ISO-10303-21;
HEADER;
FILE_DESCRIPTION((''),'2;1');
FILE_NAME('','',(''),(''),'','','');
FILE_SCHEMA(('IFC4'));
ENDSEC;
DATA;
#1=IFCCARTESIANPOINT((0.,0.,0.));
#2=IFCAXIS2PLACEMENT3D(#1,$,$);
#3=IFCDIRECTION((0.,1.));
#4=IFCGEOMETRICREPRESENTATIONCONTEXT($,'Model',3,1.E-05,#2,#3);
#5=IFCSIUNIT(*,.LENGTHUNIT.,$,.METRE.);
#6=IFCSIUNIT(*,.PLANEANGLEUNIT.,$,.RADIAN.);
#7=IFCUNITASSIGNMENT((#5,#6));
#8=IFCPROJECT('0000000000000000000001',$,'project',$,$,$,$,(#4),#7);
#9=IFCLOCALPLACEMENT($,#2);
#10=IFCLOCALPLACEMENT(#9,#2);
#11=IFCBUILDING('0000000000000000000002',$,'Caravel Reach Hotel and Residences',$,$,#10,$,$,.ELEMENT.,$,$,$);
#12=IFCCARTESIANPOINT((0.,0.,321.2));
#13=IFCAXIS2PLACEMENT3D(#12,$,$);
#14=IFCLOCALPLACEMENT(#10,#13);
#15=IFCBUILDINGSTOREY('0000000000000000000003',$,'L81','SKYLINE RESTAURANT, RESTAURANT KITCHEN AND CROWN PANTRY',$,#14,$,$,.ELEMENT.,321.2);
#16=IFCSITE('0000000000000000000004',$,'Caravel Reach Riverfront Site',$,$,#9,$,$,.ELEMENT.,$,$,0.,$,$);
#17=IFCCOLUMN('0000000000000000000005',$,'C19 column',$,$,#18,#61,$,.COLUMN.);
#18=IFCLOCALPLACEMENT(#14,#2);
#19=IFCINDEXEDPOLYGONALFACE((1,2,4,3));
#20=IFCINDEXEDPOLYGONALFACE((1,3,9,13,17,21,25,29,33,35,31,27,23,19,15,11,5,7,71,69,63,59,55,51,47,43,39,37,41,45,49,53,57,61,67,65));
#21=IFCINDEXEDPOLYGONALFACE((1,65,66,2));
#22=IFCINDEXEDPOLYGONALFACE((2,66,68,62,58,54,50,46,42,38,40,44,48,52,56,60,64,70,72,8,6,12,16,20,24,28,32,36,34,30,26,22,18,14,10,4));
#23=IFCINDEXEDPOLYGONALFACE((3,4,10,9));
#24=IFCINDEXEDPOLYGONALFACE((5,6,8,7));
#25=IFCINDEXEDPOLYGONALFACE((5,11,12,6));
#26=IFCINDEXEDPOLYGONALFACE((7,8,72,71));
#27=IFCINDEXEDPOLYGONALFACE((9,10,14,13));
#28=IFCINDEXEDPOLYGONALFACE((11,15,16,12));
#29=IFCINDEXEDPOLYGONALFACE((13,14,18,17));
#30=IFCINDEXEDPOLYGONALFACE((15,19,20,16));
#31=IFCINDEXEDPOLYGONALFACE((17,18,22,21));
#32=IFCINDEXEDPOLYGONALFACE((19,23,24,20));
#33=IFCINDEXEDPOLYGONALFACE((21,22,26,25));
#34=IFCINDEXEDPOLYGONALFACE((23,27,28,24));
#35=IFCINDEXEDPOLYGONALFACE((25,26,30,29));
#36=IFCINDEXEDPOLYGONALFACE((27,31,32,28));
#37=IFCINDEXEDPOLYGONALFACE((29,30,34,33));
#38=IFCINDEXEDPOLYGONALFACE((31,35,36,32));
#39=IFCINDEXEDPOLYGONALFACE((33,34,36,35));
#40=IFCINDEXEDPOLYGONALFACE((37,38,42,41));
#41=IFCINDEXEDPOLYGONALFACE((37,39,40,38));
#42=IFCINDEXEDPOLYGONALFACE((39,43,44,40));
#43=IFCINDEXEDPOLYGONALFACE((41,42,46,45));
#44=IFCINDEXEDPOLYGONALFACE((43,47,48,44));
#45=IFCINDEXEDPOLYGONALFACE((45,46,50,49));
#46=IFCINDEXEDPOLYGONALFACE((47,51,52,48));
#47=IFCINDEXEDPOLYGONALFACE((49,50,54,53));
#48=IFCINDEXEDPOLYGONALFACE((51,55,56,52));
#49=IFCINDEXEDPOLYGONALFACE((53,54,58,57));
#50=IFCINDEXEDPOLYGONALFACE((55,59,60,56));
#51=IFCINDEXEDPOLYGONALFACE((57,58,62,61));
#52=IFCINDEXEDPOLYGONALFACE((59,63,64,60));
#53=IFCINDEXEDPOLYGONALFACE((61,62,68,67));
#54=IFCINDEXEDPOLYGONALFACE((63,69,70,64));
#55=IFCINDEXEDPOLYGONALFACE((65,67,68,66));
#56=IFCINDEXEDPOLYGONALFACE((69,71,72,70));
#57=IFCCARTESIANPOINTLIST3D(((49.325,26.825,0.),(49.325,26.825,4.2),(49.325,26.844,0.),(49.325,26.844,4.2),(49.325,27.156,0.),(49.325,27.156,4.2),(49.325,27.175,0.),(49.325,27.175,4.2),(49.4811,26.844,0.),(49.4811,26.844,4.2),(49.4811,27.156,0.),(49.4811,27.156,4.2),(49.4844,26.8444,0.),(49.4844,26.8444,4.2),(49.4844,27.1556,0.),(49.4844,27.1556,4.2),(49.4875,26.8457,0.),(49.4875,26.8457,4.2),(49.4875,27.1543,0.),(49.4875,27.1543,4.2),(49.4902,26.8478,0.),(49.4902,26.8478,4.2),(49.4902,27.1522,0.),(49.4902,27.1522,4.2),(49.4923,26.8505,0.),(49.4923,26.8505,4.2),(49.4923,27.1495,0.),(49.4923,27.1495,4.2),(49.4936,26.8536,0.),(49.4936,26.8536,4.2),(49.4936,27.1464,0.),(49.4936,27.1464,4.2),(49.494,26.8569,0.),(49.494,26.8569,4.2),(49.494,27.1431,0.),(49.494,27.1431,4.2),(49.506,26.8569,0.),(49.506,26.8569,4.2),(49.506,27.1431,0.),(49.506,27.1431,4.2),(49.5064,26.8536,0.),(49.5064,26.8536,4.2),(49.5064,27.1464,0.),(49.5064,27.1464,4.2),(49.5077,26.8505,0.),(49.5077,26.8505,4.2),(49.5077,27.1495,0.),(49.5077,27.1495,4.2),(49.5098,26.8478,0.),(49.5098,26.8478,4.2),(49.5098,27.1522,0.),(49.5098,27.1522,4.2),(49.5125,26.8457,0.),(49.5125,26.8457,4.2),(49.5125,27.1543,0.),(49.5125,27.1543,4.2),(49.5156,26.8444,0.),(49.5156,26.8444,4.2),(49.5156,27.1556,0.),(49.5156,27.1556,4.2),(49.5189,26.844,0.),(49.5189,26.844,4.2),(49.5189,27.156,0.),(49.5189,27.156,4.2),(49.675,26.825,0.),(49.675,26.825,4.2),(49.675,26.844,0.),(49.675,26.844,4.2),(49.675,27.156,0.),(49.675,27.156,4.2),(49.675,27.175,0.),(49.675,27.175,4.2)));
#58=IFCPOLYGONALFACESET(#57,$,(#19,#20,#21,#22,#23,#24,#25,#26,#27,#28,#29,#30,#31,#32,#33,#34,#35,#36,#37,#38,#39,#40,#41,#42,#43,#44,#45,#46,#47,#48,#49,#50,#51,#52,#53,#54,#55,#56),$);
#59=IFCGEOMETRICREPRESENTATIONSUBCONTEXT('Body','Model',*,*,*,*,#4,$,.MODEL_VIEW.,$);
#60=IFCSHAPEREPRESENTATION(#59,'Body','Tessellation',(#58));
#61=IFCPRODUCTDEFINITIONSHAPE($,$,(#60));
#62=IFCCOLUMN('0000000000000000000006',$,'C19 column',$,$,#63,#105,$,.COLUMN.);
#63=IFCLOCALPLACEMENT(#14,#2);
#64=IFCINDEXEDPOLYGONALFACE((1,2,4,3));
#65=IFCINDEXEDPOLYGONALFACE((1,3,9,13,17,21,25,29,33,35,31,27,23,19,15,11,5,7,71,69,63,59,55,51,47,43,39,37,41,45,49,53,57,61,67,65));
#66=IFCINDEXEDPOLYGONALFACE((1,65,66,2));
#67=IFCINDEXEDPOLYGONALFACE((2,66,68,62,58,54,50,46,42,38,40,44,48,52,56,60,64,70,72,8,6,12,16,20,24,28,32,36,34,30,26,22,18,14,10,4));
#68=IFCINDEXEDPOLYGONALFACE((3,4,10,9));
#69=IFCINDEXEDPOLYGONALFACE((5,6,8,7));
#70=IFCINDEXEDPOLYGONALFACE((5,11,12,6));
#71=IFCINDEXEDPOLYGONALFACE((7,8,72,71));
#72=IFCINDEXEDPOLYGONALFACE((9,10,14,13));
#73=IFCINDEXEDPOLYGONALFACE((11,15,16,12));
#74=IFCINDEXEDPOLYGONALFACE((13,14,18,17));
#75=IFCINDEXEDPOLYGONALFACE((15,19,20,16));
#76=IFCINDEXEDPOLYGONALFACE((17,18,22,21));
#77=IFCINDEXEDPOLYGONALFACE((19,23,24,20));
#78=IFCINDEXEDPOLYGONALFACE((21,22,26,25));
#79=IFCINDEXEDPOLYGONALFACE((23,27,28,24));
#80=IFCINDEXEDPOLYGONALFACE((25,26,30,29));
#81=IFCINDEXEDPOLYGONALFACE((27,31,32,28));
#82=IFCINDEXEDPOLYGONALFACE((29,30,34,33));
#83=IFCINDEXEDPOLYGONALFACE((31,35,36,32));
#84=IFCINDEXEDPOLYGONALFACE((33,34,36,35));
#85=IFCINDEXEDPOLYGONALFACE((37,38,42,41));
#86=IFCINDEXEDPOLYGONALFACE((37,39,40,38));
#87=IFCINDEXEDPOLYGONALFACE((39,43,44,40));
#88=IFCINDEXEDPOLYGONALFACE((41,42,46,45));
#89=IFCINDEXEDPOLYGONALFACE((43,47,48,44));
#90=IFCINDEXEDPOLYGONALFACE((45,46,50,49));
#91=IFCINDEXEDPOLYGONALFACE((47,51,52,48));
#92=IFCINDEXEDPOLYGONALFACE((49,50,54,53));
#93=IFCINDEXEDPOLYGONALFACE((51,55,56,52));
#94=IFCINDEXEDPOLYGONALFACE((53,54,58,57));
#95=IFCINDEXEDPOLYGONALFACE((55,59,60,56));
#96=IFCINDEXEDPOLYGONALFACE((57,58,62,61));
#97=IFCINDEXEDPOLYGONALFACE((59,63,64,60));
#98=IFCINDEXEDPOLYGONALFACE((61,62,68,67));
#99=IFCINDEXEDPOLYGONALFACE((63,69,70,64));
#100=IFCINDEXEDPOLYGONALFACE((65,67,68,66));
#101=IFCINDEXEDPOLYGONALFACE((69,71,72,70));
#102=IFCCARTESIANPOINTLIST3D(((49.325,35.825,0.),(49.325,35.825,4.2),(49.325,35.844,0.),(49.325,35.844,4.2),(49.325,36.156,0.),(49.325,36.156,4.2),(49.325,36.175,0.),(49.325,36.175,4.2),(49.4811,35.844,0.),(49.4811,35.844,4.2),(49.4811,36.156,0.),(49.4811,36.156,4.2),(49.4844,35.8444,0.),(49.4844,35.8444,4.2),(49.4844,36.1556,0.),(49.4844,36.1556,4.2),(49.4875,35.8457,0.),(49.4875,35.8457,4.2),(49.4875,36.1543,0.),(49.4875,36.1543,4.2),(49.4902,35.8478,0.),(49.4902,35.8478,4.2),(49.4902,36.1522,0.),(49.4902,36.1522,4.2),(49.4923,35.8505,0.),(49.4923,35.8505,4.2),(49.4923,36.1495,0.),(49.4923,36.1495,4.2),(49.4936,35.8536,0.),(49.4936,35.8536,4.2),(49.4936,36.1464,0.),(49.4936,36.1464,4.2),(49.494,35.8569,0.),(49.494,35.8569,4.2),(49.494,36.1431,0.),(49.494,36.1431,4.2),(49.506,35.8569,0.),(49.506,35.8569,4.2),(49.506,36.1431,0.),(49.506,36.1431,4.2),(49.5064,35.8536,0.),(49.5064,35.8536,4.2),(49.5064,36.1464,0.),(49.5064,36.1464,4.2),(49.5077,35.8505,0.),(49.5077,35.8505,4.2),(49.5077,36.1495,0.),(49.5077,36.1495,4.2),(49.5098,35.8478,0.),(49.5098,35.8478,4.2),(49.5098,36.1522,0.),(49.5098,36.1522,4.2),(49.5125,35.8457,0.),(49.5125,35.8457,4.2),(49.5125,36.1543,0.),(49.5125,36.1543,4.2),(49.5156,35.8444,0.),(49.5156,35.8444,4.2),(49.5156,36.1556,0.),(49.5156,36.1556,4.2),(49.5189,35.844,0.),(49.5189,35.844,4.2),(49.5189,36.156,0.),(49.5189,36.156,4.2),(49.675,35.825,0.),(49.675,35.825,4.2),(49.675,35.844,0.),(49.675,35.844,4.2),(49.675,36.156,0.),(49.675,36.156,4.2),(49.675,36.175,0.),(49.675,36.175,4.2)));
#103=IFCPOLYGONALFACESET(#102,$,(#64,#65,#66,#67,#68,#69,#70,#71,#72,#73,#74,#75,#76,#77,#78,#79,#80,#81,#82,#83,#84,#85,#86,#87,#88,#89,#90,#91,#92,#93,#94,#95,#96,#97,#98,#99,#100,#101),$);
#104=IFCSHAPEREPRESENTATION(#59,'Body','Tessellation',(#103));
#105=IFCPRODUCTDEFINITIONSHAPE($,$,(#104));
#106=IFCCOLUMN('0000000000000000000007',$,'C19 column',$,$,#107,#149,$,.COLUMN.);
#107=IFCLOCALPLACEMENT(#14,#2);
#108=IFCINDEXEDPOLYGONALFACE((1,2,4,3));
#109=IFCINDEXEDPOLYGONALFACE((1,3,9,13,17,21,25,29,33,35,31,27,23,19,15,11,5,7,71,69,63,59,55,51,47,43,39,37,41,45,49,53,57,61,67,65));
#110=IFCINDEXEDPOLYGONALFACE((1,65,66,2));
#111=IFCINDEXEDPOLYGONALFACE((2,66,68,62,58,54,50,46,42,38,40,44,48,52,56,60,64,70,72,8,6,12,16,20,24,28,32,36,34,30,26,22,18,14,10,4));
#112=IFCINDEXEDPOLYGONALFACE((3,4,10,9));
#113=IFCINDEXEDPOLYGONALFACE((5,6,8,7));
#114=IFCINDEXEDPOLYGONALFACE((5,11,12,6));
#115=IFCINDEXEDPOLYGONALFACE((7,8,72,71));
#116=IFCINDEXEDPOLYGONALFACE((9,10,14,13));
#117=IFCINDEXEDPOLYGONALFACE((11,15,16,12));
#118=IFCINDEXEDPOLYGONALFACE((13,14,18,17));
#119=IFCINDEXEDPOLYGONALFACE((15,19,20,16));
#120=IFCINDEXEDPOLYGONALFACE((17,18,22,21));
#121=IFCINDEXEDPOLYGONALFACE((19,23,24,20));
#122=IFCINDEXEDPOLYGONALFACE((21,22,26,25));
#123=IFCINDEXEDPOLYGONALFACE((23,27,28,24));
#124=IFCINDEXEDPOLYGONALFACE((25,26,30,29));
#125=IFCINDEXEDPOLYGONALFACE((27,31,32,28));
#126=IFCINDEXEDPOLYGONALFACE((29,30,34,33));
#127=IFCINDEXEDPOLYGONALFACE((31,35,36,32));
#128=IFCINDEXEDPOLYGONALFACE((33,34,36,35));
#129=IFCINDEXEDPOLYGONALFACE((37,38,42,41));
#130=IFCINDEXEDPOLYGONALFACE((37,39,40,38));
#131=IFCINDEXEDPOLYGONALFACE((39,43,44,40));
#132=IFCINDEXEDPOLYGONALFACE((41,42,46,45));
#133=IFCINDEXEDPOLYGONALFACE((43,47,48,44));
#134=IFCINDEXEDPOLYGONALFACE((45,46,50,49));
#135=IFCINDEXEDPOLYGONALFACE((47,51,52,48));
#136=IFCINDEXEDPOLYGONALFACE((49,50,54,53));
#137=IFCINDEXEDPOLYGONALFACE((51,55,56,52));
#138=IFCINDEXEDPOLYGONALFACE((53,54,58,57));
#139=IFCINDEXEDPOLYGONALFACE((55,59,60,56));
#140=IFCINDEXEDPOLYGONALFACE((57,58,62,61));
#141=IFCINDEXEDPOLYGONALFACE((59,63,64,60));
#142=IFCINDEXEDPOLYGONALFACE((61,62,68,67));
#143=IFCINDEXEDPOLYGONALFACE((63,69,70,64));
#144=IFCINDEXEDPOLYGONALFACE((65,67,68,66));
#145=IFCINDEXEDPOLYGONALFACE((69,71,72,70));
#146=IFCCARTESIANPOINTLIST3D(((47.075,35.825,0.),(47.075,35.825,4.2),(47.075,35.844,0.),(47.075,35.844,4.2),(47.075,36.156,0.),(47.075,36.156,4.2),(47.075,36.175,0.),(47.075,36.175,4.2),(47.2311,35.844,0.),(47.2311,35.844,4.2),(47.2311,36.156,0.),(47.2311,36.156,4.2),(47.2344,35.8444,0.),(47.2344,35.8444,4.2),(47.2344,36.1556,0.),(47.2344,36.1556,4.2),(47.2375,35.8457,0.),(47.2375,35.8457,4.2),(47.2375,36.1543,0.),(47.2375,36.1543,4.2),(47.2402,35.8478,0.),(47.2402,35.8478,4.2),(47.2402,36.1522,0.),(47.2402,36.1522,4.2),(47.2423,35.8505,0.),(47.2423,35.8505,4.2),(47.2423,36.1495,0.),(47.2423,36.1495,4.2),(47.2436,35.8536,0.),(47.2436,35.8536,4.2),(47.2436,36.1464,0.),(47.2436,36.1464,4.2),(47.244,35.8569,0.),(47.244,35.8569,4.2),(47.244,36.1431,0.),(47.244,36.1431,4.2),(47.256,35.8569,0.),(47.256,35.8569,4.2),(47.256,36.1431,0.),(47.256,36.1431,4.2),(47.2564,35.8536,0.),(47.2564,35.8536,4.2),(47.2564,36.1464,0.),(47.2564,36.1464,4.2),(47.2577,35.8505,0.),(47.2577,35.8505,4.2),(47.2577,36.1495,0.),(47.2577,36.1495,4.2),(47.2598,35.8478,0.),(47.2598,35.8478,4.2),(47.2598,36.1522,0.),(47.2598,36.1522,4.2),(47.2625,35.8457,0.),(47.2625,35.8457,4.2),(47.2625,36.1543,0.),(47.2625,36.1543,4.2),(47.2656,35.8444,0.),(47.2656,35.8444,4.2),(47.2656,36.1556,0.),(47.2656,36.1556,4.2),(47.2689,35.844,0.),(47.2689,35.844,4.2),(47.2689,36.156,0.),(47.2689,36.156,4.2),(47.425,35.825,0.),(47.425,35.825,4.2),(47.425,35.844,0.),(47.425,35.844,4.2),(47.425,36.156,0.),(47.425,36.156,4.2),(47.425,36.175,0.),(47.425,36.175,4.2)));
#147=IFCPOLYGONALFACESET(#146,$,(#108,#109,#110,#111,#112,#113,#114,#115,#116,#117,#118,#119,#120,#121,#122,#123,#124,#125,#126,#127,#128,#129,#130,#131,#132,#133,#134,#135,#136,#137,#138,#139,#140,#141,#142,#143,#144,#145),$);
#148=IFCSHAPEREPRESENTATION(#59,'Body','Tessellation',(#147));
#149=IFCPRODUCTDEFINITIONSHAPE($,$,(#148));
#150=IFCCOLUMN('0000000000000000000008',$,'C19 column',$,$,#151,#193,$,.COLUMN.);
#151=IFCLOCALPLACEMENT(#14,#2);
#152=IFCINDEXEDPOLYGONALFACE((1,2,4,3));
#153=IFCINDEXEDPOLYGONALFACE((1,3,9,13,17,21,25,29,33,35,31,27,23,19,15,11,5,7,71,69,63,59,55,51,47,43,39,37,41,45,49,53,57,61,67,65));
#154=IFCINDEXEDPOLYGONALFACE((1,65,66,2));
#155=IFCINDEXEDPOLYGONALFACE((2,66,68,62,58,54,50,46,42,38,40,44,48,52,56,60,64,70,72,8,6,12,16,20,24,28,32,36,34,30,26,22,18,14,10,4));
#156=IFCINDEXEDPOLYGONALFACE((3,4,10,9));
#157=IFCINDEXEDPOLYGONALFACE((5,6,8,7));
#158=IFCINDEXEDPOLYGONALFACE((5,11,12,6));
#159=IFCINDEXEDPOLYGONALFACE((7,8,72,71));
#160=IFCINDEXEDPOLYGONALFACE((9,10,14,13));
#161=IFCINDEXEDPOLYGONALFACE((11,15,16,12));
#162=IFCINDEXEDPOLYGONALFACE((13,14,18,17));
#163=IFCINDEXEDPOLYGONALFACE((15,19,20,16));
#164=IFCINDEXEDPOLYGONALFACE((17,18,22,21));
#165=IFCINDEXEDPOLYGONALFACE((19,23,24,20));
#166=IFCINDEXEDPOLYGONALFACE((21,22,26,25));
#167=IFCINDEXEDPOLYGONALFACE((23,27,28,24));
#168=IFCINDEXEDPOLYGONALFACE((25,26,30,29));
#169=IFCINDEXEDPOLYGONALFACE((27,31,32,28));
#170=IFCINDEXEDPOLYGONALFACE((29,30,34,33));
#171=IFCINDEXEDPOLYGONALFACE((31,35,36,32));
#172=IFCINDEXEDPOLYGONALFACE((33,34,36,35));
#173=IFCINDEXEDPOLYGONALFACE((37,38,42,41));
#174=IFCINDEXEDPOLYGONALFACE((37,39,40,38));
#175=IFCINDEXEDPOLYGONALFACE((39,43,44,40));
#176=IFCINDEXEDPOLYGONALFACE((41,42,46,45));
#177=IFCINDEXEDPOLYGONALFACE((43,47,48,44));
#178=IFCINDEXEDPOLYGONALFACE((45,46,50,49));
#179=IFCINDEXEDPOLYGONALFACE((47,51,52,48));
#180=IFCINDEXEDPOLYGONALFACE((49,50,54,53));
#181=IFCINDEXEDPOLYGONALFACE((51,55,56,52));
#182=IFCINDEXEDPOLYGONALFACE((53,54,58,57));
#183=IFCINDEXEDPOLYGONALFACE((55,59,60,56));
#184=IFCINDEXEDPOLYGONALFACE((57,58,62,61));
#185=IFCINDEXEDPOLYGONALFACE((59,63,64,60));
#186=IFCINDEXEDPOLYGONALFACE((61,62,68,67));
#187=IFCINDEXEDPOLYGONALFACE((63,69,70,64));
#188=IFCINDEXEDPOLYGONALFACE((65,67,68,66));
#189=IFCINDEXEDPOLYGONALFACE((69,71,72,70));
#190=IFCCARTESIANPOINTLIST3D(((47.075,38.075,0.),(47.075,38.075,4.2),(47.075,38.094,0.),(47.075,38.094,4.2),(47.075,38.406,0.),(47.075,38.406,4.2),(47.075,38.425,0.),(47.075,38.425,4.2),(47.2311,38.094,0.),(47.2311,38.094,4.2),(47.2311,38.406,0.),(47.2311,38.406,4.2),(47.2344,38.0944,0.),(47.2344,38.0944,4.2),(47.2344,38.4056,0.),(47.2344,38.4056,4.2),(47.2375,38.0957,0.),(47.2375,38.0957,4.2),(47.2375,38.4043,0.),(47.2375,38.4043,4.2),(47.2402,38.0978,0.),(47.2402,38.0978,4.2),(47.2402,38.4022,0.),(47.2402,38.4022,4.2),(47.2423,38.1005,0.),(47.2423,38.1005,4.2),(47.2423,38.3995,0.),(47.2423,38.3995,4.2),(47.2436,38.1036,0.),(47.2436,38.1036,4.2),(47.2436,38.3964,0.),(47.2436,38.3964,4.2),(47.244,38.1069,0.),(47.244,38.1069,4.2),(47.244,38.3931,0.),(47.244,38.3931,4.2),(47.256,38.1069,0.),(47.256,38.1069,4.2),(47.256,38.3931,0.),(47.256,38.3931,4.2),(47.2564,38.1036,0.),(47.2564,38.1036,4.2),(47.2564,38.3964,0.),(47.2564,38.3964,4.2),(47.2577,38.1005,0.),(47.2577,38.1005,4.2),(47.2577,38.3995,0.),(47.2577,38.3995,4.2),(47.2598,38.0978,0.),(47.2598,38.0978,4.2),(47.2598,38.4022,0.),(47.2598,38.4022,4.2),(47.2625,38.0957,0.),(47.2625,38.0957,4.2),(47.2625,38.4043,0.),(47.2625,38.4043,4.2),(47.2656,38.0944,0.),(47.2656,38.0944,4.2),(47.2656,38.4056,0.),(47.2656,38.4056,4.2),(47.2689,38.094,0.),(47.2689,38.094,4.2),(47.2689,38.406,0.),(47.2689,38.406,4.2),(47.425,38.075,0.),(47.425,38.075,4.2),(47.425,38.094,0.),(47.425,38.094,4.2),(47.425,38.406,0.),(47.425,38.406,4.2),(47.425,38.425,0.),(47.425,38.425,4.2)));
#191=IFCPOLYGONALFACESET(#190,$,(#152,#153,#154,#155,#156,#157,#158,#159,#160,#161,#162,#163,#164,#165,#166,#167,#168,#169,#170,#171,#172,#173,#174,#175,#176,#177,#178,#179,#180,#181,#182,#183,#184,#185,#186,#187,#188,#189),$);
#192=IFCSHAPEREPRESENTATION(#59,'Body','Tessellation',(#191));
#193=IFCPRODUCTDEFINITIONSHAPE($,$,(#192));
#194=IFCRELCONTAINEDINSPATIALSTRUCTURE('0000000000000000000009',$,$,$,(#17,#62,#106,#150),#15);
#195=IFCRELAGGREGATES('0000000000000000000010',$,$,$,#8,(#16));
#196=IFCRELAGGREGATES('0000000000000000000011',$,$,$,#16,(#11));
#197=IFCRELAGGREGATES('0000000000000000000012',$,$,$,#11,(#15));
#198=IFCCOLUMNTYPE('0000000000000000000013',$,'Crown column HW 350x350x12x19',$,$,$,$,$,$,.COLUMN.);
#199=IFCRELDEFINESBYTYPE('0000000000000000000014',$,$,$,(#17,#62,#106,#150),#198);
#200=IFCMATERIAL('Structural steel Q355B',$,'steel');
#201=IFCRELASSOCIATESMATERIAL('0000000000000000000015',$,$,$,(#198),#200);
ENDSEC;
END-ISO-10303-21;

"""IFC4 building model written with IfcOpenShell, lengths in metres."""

from ifc_helpers import new_model, si_unit, direction, frame, origin, origin_2d, place, context, subcontext, project, spatial, i_section, extrude, material, material_profile, profile_set, type_object, element, save


model = new_model("IFC4")

# Units and contexts
model_context = context("Model", 3, precision=1e-05, world=origin(), true_north=direction((0.0, 1.0)))
body_context = subcontext(model_context, "Body", "Model", "MODEL_VIEW")
ifc_project = project(units=[si_unit("LENGTHUNIT", "METRE"), si_unit("PLANEANGLEUNIT", "RADIAN")], contexts=[model_context])

# Site, building, storey
site_placement = place(None, origin())
site = spatial("IfcSite", under=ifc_project, at=site_placement, Name="Caravel Reach Riverfront Site", CompositionType="ELEMENT", RefElevation=0.0)
building_placement = place(site_placement, origin())
building = spatial("IfcBuilding", under=site, at=building_placement, Name="Caravel Reach Hotel and Residences", CompositionType="ELEMENT")
storey_placement = place(building_placement, frame((0.0, 0.0, 321.2)))
storey = spatial("IfcBuildingStorey", under=building, at=storey_placement, Name="L81", Description="SKYLINE RESTAURANT, RESTAURANT KITCHEN AND CROWN PANTRY", CompositionType="ELEMENT", Elevation=321.2)

# Columns
ifc_material_1 = material(Name="Structural steel Q355B", Category="steel")
ifc_material_profile_1 = material_profile(ifc_material_1, i_section(OverallWidth=0.3501, OverallDepth=0.3501, WebThickness=0.012, FlangeThickness=0.019, FilletRadius=0.0129, at=origin_2d()), Name="HW 350x350x12x19")
ifc_profile_set_1 = profile_set([ifc_material_profile_1], Name="Structural steel Q355B")
column_type = type_object("IfcColumnType", Name="Crown column HW 350x350x12x19", PredefinedType="COLUMN", material=ifc_profile_set_1)
for number, where, z_axis, x_axis, name in (
    (1, (49.5, 27.0, 0.0), (0.0, 0.0, 1.0), (1.0, 0.0, 0.0), "C19 column"),
    (2, (49.5, 36.0, 0.0), (0.0, 0.0, 1.0), (1.0, 0.0, 0.0), "C19 column"),
    (3, (47.25, 36.0, 0.0), (0.0, 0.0, 1.0), (1.0, 0.0, 0.0), "C19 column"),
    (4, (47.25, 38.25, 0.0), (0.0, 0.0, 1.0), (1.0, 0.0, 0.0), "C19 column"),
):
    element("IfcColumn", number, at=place(storey_placement, frame(where, z_axis=z_axis, x_axis=x_axis)), inside=storey, type_object=column_type, Name=name, PredefinedType="COLUMN", context=body_context, shape_type="SweptSolid", body=[
        extrude(i_section(OverallWidth=0.3501, OverallDepth=0.3501, WebThickness=0.012, FlangeThickness=0.019, FilletRadius=0.0129, at=origin_2d()), origin(), (0.0, 0.0, 1.0), 4.2),
    ])

save(model, "model.ifc")
